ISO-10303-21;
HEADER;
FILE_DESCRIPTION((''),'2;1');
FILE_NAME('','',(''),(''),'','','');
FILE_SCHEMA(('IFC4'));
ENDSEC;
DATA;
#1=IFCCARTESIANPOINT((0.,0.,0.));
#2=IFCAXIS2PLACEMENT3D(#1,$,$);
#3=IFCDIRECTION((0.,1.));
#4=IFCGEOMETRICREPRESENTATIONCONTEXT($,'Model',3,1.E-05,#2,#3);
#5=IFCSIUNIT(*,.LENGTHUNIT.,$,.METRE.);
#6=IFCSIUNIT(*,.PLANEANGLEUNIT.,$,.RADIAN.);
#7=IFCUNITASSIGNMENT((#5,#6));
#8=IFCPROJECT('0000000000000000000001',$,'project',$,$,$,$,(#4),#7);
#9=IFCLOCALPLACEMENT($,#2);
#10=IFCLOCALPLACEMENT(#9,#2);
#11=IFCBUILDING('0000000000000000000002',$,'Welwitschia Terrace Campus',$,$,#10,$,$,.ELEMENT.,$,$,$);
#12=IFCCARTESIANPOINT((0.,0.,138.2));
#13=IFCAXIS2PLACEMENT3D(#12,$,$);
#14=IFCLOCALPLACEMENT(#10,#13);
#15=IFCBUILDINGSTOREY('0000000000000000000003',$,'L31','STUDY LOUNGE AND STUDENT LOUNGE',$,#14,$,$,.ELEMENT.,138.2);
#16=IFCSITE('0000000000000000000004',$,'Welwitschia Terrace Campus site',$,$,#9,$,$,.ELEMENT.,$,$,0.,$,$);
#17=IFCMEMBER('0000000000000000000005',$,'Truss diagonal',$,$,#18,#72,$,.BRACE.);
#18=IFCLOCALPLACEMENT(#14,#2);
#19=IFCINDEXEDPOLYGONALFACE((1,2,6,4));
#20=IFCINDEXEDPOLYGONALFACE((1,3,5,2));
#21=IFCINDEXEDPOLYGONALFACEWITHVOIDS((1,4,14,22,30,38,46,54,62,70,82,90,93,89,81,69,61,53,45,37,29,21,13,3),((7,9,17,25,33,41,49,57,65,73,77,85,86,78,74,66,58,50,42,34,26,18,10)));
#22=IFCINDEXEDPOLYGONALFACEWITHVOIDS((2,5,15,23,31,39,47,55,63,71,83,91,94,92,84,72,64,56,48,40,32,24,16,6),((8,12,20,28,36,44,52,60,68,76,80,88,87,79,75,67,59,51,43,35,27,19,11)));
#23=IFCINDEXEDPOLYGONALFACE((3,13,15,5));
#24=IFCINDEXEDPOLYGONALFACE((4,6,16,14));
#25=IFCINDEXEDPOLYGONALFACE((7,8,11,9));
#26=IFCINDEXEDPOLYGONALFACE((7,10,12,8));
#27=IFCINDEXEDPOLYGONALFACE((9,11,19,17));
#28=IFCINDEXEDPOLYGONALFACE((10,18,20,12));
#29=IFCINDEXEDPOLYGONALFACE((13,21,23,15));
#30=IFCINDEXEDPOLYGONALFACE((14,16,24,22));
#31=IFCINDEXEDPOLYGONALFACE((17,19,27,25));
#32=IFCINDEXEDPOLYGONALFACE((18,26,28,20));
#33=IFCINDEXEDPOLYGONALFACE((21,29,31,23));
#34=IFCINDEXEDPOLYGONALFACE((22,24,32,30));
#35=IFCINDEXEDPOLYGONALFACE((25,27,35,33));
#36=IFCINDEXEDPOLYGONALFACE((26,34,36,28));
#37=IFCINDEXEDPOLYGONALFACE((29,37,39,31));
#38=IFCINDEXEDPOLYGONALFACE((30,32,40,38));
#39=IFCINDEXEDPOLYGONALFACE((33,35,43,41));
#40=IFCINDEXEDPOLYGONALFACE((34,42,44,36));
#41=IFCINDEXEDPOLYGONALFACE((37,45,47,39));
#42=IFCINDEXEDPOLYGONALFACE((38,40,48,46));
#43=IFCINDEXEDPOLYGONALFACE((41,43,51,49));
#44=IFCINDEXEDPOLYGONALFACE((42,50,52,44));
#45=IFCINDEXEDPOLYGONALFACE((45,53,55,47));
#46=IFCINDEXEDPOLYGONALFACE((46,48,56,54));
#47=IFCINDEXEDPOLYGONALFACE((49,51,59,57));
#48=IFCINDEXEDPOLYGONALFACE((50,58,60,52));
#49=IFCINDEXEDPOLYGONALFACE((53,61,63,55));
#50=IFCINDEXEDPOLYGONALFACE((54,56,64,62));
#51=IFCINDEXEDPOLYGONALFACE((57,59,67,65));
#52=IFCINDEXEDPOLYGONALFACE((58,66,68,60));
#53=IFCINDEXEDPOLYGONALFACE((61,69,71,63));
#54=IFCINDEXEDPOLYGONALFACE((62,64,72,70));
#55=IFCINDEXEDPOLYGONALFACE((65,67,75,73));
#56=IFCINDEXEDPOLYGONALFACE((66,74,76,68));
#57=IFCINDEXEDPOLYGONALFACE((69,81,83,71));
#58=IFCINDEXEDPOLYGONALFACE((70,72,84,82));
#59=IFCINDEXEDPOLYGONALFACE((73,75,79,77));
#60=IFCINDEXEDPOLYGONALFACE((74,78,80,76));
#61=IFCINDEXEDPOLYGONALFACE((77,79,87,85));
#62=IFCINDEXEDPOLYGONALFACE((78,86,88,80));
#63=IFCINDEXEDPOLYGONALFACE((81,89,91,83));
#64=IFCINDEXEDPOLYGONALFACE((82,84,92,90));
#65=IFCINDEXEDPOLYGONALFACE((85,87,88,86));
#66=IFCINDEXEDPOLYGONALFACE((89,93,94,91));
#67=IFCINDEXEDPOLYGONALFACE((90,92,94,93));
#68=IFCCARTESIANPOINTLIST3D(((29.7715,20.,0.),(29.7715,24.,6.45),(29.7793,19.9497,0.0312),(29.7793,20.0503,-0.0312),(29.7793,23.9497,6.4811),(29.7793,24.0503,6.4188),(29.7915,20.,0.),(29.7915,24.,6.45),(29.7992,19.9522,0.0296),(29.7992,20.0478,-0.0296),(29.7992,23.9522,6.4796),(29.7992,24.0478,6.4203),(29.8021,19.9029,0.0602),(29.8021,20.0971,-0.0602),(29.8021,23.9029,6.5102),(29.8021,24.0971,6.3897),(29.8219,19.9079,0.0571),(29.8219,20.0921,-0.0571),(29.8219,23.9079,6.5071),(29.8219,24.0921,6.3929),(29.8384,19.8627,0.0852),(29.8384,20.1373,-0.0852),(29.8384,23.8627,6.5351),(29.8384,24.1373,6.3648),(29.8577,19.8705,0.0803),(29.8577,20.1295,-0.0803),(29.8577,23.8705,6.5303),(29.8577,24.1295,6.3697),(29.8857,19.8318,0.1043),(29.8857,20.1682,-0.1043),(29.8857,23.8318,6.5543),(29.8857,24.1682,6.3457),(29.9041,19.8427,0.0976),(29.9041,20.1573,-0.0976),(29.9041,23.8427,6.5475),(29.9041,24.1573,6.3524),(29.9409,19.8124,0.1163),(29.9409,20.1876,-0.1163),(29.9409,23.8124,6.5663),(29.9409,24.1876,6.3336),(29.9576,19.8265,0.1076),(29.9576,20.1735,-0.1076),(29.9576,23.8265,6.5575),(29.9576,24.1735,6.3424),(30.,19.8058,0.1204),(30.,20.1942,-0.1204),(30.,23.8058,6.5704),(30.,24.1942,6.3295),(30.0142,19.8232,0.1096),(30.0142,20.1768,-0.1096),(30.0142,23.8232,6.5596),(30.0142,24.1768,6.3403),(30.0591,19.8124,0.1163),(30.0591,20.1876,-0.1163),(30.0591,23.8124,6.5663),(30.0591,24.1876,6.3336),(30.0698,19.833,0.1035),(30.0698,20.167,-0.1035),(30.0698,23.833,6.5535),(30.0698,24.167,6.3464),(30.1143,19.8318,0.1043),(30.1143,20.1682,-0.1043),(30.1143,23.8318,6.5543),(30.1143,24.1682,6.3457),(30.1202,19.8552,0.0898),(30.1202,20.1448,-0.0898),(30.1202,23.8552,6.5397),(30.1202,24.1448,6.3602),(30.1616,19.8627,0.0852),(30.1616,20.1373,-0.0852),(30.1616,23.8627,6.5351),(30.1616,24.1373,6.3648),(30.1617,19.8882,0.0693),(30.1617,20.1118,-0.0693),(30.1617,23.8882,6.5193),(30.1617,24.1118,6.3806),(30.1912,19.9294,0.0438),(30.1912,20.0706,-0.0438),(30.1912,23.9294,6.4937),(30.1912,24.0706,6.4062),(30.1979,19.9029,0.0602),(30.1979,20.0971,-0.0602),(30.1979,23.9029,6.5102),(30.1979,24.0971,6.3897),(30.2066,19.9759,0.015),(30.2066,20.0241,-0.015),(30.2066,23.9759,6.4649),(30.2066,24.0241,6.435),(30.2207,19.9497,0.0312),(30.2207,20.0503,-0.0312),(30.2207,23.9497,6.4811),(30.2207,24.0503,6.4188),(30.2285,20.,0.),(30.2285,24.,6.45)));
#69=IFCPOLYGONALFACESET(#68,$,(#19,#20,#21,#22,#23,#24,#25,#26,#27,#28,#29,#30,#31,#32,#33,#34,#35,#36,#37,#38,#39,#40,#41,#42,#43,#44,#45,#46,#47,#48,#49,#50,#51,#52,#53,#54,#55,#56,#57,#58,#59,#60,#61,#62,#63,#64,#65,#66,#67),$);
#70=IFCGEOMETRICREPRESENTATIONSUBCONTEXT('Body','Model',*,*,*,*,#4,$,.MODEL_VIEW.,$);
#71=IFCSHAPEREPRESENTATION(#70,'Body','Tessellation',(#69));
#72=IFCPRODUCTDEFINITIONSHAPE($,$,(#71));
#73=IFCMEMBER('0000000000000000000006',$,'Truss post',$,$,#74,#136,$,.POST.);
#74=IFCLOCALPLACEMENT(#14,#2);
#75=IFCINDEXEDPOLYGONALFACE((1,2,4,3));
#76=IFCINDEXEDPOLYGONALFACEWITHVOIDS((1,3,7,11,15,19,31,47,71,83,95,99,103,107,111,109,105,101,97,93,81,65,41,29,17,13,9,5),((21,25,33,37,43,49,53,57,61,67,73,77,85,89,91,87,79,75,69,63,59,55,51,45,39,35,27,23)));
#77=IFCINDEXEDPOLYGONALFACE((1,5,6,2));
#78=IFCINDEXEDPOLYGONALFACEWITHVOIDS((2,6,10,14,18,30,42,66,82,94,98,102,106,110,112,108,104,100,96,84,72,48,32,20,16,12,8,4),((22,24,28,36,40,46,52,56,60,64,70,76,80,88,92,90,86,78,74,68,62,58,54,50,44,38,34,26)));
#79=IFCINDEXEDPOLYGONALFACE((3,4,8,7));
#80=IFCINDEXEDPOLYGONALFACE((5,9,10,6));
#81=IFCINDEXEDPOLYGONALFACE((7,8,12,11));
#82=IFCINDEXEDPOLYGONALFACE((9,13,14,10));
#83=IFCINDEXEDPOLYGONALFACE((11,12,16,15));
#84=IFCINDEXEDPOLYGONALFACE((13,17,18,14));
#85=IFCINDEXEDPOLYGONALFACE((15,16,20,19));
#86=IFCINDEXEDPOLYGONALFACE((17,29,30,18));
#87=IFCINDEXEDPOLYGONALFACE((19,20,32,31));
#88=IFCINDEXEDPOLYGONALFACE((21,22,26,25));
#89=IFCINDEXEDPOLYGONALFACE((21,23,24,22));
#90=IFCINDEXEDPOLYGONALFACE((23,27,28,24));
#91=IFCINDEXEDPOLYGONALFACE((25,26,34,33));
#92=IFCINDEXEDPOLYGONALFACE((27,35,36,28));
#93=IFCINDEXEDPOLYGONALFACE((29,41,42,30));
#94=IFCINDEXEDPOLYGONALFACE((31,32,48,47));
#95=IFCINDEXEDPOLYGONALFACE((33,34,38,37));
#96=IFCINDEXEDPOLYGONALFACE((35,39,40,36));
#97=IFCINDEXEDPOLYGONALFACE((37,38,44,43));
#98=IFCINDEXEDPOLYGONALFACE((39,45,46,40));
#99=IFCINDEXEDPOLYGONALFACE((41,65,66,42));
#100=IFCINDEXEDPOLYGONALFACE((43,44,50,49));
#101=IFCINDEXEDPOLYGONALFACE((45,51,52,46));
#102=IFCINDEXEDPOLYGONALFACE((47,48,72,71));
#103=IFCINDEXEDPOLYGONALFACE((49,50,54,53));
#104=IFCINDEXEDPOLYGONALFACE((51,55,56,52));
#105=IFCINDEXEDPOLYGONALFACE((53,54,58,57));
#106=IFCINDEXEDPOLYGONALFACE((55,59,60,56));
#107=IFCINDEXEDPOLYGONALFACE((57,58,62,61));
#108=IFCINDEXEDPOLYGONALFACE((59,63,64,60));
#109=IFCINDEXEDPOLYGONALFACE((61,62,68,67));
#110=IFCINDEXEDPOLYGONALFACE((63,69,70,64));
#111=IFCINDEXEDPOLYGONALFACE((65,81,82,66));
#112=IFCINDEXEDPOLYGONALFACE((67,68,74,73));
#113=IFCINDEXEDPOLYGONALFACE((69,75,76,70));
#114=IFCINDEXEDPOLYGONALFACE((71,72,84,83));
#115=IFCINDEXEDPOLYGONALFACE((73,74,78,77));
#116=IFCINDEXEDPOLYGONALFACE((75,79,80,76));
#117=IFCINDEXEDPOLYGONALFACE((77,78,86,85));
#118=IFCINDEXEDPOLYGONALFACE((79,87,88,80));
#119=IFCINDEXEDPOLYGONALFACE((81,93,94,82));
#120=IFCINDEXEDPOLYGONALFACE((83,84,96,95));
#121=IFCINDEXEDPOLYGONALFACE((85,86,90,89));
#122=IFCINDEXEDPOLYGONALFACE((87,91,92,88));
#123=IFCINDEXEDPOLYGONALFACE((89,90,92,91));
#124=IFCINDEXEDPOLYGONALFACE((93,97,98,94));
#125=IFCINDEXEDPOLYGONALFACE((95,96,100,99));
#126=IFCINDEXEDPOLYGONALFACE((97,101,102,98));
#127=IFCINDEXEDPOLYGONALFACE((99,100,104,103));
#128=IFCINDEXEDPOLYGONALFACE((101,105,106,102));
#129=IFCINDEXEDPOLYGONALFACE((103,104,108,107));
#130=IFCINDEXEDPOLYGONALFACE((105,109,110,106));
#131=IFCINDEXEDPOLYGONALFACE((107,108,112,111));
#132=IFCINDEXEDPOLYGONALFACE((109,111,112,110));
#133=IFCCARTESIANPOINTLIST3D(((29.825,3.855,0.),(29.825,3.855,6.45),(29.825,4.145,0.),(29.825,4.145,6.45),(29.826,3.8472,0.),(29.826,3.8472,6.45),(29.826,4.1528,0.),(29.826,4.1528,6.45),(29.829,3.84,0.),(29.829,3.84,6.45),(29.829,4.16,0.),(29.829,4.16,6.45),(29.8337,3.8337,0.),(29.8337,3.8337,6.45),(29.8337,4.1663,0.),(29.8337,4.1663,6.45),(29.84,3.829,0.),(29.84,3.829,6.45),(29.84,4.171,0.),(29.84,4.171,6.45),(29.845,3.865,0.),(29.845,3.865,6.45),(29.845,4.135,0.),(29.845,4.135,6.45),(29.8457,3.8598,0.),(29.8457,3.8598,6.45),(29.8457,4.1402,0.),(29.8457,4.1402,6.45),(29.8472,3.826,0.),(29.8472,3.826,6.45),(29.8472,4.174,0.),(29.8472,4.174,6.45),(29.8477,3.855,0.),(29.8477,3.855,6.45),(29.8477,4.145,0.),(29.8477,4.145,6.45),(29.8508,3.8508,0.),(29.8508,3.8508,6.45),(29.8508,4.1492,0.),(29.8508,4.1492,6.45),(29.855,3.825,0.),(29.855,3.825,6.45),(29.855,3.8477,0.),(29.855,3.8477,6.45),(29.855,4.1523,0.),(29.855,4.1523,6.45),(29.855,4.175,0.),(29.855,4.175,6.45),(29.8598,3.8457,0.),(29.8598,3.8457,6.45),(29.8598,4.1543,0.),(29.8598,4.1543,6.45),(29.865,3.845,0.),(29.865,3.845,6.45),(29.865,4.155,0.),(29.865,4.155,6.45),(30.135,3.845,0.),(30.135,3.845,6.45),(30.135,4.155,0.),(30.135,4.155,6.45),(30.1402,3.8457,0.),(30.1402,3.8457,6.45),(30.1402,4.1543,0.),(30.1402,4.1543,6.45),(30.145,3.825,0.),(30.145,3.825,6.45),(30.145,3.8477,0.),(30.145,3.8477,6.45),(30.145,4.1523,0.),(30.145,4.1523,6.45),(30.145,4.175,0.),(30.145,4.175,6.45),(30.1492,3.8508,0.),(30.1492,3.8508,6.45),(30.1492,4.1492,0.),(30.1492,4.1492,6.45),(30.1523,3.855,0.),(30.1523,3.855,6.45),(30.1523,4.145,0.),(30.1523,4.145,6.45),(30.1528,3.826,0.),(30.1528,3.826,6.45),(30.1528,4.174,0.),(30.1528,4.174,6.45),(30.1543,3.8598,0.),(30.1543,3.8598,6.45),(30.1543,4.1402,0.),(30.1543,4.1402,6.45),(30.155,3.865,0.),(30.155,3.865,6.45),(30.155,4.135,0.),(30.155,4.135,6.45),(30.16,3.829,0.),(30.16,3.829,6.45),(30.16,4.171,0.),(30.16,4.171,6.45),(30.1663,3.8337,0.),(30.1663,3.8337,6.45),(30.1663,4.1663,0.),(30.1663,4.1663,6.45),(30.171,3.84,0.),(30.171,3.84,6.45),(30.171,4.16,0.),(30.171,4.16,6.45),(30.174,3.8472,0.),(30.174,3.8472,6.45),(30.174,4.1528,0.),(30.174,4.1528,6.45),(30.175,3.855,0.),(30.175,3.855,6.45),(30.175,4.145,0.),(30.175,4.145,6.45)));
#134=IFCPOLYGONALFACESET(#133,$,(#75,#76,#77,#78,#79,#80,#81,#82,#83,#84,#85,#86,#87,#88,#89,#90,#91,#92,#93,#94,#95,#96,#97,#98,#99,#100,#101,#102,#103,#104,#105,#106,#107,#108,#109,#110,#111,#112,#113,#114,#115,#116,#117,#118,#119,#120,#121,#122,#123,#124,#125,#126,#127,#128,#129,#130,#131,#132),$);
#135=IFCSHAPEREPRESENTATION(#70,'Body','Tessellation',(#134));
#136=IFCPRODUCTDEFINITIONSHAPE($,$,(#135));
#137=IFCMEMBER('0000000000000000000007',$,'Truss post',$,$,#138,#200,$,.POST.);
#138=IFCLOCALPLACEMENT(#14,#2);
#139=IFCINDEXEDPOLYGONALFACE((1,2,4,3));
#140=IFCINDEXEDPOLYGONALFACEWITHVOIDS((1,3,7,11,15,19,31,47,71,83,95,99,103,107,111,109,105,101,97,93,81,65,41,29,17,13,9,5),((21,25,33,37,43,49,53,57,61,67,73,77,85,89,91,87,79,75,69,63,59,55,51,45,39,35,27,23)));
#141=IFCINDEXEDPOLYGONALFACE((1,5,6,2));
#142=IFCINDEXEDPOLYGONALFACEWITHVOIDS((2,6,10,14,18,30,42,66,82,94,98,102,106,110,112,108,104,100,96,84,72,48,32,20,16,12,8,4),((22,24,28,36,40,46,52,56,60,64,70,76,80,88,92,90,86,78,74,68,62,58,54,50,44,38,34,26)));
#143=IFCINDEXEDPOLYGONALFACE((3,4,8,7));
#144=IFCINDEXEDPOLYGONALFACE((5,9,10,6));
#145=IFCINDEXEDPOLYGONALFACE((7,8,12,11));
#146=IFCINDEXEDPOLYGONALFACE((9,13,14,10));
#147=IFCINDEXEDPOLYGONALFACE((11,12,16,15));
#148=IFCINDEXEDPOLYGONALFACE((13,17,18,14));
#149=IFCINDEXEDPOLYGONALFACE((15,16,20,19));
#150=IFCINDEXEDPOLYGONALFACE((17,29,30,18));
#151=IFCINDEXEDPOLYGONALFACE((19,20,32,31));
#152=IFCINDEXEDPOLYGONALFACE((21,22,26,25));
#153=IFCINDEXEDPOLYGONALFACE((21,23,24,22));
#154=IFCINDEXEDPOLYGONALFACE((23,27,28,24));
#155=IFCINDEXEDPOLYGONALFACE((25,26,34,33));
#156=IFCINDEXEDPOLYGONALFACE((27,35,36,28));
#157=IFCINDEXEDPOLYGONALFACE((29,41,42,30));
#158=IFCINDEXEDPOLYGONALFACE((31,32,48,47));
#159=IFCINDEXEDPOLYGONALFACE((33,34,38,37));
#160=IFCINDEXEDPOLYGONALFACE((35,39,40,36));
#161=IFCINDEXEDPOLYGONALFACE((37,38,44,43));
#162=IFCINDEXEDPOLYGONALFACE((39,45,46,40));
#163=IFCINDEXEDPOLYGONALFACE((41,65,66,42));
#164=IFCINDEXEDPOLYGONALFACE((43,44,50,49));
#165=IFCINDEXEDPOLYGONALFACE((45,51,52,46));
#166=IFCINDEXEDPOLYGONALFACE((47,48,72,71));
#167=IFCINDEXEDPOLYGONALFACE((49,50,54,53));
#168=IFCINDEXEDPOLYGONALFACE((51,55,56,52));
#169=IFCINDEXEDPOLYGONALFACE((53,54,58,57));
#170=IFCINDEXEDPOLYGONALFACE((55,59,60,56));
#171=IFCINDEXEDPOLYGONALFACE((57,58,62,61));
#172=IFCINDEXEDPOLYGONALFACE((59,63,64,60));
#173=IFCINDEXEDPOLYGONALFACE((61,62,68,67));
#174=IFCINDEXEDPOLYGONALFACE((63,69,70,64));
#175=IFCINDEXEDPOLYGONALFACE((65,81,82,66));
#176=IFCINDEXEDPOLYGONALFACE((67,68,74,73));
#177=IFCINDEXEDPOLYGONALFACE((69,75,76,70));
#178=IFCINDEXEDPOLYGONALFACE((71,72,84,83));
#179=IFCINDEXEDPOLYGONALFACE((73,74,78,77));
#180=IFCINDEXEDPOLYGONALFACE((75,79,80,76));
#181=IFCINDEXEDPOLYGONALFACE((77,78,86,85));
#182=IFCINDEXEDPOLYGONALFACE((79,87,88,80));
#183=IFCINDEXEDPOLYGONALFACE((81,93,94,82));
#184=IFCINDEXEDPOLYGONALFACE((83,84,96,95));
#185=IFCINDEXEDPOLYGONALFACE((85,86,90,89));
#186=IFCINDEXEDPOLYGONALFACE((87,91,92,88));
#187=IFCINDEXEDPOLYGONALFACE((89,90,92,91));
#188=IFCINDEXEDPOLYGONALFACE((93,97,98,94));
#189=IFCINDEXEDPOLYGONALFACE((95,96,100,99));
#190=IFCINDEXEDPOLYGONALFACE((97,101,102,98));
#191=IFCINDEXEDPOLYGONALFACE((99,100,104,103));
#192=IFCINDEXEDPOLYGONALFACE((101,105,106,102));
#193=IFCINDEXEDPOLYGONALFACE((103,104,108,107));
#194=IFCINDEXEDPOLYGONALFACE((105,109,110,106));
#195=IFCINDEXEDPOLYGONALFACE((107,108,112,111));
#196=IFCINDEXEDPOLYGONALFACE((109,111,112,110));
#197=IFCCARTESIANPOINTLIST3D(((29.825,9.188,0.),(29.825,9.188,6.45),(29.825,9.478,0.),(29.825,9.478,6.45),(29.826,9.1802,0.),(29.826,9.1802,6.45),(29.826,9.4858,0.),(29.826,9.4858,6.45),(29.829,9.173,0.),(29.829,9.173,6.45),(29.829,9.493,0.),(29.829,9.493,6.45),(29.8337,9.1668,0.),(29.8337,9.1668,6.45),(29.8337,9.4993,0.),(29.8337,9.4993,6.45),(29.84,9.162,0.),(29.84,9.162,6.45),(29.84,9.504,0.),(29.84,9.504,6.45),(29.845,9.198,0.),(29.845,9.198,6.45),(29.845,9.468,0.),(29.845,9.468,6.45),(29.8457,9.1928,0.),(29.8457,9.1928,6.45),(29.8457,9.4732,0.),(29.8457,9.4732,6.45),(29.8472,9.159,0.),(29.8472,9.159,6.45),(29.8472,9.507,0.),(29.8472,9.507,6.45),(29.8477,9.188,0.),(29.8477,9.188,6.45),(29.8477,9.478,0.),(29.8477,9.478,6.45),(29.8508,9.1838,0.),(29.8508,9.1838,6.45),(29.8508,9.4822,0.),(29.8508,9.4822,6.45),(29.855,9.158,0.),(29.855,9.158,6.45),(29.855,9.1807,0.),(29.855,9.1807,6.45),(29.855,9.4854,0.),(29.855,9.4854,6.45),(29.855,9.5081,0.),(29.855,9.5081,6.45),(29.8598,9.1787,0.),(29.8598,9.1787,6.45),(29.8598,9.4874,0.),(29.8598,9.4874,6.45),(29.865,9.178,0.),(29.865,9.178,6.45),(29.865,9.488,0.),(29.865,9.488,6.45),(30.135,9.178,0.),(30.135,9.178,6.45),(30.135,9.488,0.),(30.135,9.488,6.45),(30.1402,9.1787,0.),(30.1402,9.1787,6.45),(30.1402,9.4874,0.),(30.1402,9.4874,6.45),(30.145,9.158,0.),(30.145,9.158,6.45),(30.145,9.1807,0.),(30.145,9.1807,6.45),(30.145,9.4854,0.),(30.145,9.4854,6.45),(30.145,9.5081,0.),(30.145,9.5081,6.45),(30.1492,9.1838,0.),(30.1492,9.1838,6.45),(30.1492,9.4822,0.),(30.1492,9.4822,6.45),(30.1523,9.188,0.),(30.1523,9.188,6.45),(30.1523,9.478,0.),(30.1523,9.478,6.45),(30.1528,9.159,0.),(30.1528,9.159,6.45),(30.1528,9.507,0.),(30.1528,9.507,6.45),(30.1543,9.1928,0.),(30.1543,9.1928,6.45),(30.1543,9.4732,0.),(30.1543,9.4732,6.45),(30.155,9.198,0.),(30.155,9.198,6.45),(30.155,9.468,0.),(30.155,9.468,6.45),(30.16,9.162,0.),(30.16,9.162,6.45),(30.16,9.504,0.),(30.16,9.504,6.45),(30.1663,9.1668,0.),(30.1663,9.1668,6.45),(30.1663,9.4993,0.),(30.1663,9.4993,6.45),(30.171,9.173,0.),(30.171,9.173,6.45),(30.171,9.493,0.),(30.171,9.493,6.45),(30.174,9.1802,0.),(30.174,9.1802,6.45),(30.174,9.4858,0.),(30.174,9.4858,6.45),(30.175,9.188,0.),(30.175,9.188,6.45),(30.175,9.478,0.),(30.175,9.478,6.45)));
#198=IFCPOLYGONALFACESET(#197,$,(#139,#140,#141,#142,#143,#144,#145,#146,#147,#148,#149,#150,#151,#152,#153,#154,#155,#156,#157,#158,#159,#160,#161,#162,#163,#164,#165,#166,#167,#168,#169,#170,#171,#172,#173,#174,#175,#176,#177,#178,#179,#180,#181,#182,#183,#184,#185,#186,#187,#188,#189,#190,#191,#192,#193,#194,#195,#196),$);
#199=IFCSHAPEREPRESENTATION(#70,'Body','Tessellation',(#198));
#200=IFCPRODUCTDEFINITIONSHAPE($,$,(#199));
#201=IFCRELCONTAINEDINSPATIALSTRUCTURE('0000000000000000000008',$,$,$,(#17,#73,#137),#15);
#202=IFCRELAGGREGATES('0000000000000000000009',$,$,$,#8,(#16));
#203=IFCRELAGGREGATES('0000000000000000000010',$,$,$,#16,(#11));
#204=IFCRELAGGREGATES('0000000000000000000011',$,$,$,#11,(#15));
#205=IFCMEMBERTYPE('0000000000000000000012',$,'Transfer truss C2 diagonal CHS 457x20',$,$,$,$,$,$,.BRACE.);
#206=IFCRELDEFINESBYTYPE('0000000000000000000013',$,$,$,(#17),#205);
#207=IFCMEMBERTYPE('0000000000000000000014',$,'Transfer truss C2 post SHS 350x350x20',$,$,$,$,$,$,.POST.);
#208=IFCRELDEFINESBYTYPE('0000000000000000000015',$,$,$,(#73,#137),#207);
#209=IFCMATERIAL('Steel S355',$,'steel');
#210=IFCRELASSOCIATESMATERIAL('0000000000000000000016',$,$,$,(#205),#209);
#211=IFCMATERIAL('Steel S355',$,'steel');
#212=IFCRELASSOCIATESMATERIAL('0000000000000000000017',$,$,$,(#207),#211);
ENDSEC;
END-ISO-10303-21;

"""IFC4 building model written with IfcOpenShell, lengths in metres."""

from ifc_helpers import new_model, si_unit, direction, frame, origin, origin_2d, place, context, subcontext, project, spatial, hollow_rectangle, hollow_circle, extrude, material, material_profile, profile_set, type_object, element, save


model = new_model("IFC4")

# Units and contexts
model_context = context("Model", 3, precision=1e-05, world=origin(), true_north=direction((0.0, 1.0)))
body_context = subcontext(model_context, "Body", "Model", "MODEL_VIEW")
ifc_project = project(units=[si_unit("LENGTHUNIT", "METRE"), si_unit("PLANEANGLEUNIT", "RADIAN")], contexts=[model_context])

# Site, building, storey
site_placement = place(None, origin())
site = spatial("IfcSite", under=ifc_project, at=site_placement, Name="Welwitschia Terrace Campus site", CompositionType="ELEMENT", RefElevation=0.0)
building_placement = place(site_placement, origin())
building = spatial("IfcBuilding", under=site, at=building_placement, Name="Welwitschia Terrace Campus", CompositionType="ELEMENT")
storey_placement = place(building_placement, frame((0.0, 0.0, 138.2)))
storey = spatial("IfcBuildingStorey", under=building, at=storey_placement, Name="L31", Description="STUDY LOUNGE AND STUDENT LOUNGE", CompositionType="ELEMENT", Elevation=138.2)

# Members
ifc_material_1 = material(Name="Steel S355", Category="steel")
ifc_material_profile_1 = material_profile(ifc_material_1, hollow_circle(Radius=0.2285, WallThickness=0.02, at=origin_2d()))
ifc_profile_set_1 = profile_set([ifc_material_profile_1], Name="Steel S355")
member_type_1 = type_object("IfcMemberType", Name="Transfer truss C2 diagonal CHS 457x20", PredefinedType="BRACE", material=ifc_profile_set_1)
member_1_placement = place(storey_placement, frame((30.0, 20.0, 0.0), z_axis=(0.0, 0.527038, 0.849842), x_axis=(-1.0, 0.0, 0.0)))
element("IfcMember", 1, at=member_1_placement, inside=storey, type_object=member_type_1, Name="Truss diagonal", PredefinedType="BRACE", context=body_context, shape_type="SweptSolid", body=[
    extrude(hollow_circle(Radius=0.2285, WallThickness=0.02, at=origin_2d()), origin(), (0.0, 0.0, 1.0), 7.5896),
])
ifc_material_2 = material(Name="Steel S355", Category="steel")
ifc_material_profile_2 = material_profile(ifc_material_2, hollow_rectangle(XDim=0.3501, YDim=0.3501, WallThickness=0.02, InnerFilletRadius=0.02, OuterFilletRadius=0.03, at=origin_2d()))
ifc_profile_set_2 = profile_set([ifc_material_profile_2], Name="Steel S355")
member_type_2 = type_object("IfcMemberType", Name="Transfer truss C2 post SHS 350x350x20", PredefinedType="POST", material=ifc_profile_set_2)
for number, where, z_axis, x_axis, name in (
    (2, (30.0, 4.0, 0.0), (0.0, 0.0, 1.0), (1.0, 0.0, 0.0), "Truss post"),
    (3, (30.0, 9.333, 0.0), (0.0, 0.0, 1.0), (1.0, 0.0, 0.0), "Truss post"),
):
    element("IfcMember", number, at=place(storey_placement, frame(where, z_axis=z_axis, x_axis=x_axis)), inside=storey, type_object=member_type_2, Name=name, PredefinedType="POST", context=body_context, shape_type="SweptSolid", body=[
        extrude(hollow_rectangle(XDim=0.3501, YDim=0.3501, WallThickness=0.02, InnerFilletRadius=0.02, OuterFilletRadius=0.03, at=origin_2d()), origin(), (0.0, 0.0, 1.0), 6.45),
    ])

save(model, "model.ifc")
